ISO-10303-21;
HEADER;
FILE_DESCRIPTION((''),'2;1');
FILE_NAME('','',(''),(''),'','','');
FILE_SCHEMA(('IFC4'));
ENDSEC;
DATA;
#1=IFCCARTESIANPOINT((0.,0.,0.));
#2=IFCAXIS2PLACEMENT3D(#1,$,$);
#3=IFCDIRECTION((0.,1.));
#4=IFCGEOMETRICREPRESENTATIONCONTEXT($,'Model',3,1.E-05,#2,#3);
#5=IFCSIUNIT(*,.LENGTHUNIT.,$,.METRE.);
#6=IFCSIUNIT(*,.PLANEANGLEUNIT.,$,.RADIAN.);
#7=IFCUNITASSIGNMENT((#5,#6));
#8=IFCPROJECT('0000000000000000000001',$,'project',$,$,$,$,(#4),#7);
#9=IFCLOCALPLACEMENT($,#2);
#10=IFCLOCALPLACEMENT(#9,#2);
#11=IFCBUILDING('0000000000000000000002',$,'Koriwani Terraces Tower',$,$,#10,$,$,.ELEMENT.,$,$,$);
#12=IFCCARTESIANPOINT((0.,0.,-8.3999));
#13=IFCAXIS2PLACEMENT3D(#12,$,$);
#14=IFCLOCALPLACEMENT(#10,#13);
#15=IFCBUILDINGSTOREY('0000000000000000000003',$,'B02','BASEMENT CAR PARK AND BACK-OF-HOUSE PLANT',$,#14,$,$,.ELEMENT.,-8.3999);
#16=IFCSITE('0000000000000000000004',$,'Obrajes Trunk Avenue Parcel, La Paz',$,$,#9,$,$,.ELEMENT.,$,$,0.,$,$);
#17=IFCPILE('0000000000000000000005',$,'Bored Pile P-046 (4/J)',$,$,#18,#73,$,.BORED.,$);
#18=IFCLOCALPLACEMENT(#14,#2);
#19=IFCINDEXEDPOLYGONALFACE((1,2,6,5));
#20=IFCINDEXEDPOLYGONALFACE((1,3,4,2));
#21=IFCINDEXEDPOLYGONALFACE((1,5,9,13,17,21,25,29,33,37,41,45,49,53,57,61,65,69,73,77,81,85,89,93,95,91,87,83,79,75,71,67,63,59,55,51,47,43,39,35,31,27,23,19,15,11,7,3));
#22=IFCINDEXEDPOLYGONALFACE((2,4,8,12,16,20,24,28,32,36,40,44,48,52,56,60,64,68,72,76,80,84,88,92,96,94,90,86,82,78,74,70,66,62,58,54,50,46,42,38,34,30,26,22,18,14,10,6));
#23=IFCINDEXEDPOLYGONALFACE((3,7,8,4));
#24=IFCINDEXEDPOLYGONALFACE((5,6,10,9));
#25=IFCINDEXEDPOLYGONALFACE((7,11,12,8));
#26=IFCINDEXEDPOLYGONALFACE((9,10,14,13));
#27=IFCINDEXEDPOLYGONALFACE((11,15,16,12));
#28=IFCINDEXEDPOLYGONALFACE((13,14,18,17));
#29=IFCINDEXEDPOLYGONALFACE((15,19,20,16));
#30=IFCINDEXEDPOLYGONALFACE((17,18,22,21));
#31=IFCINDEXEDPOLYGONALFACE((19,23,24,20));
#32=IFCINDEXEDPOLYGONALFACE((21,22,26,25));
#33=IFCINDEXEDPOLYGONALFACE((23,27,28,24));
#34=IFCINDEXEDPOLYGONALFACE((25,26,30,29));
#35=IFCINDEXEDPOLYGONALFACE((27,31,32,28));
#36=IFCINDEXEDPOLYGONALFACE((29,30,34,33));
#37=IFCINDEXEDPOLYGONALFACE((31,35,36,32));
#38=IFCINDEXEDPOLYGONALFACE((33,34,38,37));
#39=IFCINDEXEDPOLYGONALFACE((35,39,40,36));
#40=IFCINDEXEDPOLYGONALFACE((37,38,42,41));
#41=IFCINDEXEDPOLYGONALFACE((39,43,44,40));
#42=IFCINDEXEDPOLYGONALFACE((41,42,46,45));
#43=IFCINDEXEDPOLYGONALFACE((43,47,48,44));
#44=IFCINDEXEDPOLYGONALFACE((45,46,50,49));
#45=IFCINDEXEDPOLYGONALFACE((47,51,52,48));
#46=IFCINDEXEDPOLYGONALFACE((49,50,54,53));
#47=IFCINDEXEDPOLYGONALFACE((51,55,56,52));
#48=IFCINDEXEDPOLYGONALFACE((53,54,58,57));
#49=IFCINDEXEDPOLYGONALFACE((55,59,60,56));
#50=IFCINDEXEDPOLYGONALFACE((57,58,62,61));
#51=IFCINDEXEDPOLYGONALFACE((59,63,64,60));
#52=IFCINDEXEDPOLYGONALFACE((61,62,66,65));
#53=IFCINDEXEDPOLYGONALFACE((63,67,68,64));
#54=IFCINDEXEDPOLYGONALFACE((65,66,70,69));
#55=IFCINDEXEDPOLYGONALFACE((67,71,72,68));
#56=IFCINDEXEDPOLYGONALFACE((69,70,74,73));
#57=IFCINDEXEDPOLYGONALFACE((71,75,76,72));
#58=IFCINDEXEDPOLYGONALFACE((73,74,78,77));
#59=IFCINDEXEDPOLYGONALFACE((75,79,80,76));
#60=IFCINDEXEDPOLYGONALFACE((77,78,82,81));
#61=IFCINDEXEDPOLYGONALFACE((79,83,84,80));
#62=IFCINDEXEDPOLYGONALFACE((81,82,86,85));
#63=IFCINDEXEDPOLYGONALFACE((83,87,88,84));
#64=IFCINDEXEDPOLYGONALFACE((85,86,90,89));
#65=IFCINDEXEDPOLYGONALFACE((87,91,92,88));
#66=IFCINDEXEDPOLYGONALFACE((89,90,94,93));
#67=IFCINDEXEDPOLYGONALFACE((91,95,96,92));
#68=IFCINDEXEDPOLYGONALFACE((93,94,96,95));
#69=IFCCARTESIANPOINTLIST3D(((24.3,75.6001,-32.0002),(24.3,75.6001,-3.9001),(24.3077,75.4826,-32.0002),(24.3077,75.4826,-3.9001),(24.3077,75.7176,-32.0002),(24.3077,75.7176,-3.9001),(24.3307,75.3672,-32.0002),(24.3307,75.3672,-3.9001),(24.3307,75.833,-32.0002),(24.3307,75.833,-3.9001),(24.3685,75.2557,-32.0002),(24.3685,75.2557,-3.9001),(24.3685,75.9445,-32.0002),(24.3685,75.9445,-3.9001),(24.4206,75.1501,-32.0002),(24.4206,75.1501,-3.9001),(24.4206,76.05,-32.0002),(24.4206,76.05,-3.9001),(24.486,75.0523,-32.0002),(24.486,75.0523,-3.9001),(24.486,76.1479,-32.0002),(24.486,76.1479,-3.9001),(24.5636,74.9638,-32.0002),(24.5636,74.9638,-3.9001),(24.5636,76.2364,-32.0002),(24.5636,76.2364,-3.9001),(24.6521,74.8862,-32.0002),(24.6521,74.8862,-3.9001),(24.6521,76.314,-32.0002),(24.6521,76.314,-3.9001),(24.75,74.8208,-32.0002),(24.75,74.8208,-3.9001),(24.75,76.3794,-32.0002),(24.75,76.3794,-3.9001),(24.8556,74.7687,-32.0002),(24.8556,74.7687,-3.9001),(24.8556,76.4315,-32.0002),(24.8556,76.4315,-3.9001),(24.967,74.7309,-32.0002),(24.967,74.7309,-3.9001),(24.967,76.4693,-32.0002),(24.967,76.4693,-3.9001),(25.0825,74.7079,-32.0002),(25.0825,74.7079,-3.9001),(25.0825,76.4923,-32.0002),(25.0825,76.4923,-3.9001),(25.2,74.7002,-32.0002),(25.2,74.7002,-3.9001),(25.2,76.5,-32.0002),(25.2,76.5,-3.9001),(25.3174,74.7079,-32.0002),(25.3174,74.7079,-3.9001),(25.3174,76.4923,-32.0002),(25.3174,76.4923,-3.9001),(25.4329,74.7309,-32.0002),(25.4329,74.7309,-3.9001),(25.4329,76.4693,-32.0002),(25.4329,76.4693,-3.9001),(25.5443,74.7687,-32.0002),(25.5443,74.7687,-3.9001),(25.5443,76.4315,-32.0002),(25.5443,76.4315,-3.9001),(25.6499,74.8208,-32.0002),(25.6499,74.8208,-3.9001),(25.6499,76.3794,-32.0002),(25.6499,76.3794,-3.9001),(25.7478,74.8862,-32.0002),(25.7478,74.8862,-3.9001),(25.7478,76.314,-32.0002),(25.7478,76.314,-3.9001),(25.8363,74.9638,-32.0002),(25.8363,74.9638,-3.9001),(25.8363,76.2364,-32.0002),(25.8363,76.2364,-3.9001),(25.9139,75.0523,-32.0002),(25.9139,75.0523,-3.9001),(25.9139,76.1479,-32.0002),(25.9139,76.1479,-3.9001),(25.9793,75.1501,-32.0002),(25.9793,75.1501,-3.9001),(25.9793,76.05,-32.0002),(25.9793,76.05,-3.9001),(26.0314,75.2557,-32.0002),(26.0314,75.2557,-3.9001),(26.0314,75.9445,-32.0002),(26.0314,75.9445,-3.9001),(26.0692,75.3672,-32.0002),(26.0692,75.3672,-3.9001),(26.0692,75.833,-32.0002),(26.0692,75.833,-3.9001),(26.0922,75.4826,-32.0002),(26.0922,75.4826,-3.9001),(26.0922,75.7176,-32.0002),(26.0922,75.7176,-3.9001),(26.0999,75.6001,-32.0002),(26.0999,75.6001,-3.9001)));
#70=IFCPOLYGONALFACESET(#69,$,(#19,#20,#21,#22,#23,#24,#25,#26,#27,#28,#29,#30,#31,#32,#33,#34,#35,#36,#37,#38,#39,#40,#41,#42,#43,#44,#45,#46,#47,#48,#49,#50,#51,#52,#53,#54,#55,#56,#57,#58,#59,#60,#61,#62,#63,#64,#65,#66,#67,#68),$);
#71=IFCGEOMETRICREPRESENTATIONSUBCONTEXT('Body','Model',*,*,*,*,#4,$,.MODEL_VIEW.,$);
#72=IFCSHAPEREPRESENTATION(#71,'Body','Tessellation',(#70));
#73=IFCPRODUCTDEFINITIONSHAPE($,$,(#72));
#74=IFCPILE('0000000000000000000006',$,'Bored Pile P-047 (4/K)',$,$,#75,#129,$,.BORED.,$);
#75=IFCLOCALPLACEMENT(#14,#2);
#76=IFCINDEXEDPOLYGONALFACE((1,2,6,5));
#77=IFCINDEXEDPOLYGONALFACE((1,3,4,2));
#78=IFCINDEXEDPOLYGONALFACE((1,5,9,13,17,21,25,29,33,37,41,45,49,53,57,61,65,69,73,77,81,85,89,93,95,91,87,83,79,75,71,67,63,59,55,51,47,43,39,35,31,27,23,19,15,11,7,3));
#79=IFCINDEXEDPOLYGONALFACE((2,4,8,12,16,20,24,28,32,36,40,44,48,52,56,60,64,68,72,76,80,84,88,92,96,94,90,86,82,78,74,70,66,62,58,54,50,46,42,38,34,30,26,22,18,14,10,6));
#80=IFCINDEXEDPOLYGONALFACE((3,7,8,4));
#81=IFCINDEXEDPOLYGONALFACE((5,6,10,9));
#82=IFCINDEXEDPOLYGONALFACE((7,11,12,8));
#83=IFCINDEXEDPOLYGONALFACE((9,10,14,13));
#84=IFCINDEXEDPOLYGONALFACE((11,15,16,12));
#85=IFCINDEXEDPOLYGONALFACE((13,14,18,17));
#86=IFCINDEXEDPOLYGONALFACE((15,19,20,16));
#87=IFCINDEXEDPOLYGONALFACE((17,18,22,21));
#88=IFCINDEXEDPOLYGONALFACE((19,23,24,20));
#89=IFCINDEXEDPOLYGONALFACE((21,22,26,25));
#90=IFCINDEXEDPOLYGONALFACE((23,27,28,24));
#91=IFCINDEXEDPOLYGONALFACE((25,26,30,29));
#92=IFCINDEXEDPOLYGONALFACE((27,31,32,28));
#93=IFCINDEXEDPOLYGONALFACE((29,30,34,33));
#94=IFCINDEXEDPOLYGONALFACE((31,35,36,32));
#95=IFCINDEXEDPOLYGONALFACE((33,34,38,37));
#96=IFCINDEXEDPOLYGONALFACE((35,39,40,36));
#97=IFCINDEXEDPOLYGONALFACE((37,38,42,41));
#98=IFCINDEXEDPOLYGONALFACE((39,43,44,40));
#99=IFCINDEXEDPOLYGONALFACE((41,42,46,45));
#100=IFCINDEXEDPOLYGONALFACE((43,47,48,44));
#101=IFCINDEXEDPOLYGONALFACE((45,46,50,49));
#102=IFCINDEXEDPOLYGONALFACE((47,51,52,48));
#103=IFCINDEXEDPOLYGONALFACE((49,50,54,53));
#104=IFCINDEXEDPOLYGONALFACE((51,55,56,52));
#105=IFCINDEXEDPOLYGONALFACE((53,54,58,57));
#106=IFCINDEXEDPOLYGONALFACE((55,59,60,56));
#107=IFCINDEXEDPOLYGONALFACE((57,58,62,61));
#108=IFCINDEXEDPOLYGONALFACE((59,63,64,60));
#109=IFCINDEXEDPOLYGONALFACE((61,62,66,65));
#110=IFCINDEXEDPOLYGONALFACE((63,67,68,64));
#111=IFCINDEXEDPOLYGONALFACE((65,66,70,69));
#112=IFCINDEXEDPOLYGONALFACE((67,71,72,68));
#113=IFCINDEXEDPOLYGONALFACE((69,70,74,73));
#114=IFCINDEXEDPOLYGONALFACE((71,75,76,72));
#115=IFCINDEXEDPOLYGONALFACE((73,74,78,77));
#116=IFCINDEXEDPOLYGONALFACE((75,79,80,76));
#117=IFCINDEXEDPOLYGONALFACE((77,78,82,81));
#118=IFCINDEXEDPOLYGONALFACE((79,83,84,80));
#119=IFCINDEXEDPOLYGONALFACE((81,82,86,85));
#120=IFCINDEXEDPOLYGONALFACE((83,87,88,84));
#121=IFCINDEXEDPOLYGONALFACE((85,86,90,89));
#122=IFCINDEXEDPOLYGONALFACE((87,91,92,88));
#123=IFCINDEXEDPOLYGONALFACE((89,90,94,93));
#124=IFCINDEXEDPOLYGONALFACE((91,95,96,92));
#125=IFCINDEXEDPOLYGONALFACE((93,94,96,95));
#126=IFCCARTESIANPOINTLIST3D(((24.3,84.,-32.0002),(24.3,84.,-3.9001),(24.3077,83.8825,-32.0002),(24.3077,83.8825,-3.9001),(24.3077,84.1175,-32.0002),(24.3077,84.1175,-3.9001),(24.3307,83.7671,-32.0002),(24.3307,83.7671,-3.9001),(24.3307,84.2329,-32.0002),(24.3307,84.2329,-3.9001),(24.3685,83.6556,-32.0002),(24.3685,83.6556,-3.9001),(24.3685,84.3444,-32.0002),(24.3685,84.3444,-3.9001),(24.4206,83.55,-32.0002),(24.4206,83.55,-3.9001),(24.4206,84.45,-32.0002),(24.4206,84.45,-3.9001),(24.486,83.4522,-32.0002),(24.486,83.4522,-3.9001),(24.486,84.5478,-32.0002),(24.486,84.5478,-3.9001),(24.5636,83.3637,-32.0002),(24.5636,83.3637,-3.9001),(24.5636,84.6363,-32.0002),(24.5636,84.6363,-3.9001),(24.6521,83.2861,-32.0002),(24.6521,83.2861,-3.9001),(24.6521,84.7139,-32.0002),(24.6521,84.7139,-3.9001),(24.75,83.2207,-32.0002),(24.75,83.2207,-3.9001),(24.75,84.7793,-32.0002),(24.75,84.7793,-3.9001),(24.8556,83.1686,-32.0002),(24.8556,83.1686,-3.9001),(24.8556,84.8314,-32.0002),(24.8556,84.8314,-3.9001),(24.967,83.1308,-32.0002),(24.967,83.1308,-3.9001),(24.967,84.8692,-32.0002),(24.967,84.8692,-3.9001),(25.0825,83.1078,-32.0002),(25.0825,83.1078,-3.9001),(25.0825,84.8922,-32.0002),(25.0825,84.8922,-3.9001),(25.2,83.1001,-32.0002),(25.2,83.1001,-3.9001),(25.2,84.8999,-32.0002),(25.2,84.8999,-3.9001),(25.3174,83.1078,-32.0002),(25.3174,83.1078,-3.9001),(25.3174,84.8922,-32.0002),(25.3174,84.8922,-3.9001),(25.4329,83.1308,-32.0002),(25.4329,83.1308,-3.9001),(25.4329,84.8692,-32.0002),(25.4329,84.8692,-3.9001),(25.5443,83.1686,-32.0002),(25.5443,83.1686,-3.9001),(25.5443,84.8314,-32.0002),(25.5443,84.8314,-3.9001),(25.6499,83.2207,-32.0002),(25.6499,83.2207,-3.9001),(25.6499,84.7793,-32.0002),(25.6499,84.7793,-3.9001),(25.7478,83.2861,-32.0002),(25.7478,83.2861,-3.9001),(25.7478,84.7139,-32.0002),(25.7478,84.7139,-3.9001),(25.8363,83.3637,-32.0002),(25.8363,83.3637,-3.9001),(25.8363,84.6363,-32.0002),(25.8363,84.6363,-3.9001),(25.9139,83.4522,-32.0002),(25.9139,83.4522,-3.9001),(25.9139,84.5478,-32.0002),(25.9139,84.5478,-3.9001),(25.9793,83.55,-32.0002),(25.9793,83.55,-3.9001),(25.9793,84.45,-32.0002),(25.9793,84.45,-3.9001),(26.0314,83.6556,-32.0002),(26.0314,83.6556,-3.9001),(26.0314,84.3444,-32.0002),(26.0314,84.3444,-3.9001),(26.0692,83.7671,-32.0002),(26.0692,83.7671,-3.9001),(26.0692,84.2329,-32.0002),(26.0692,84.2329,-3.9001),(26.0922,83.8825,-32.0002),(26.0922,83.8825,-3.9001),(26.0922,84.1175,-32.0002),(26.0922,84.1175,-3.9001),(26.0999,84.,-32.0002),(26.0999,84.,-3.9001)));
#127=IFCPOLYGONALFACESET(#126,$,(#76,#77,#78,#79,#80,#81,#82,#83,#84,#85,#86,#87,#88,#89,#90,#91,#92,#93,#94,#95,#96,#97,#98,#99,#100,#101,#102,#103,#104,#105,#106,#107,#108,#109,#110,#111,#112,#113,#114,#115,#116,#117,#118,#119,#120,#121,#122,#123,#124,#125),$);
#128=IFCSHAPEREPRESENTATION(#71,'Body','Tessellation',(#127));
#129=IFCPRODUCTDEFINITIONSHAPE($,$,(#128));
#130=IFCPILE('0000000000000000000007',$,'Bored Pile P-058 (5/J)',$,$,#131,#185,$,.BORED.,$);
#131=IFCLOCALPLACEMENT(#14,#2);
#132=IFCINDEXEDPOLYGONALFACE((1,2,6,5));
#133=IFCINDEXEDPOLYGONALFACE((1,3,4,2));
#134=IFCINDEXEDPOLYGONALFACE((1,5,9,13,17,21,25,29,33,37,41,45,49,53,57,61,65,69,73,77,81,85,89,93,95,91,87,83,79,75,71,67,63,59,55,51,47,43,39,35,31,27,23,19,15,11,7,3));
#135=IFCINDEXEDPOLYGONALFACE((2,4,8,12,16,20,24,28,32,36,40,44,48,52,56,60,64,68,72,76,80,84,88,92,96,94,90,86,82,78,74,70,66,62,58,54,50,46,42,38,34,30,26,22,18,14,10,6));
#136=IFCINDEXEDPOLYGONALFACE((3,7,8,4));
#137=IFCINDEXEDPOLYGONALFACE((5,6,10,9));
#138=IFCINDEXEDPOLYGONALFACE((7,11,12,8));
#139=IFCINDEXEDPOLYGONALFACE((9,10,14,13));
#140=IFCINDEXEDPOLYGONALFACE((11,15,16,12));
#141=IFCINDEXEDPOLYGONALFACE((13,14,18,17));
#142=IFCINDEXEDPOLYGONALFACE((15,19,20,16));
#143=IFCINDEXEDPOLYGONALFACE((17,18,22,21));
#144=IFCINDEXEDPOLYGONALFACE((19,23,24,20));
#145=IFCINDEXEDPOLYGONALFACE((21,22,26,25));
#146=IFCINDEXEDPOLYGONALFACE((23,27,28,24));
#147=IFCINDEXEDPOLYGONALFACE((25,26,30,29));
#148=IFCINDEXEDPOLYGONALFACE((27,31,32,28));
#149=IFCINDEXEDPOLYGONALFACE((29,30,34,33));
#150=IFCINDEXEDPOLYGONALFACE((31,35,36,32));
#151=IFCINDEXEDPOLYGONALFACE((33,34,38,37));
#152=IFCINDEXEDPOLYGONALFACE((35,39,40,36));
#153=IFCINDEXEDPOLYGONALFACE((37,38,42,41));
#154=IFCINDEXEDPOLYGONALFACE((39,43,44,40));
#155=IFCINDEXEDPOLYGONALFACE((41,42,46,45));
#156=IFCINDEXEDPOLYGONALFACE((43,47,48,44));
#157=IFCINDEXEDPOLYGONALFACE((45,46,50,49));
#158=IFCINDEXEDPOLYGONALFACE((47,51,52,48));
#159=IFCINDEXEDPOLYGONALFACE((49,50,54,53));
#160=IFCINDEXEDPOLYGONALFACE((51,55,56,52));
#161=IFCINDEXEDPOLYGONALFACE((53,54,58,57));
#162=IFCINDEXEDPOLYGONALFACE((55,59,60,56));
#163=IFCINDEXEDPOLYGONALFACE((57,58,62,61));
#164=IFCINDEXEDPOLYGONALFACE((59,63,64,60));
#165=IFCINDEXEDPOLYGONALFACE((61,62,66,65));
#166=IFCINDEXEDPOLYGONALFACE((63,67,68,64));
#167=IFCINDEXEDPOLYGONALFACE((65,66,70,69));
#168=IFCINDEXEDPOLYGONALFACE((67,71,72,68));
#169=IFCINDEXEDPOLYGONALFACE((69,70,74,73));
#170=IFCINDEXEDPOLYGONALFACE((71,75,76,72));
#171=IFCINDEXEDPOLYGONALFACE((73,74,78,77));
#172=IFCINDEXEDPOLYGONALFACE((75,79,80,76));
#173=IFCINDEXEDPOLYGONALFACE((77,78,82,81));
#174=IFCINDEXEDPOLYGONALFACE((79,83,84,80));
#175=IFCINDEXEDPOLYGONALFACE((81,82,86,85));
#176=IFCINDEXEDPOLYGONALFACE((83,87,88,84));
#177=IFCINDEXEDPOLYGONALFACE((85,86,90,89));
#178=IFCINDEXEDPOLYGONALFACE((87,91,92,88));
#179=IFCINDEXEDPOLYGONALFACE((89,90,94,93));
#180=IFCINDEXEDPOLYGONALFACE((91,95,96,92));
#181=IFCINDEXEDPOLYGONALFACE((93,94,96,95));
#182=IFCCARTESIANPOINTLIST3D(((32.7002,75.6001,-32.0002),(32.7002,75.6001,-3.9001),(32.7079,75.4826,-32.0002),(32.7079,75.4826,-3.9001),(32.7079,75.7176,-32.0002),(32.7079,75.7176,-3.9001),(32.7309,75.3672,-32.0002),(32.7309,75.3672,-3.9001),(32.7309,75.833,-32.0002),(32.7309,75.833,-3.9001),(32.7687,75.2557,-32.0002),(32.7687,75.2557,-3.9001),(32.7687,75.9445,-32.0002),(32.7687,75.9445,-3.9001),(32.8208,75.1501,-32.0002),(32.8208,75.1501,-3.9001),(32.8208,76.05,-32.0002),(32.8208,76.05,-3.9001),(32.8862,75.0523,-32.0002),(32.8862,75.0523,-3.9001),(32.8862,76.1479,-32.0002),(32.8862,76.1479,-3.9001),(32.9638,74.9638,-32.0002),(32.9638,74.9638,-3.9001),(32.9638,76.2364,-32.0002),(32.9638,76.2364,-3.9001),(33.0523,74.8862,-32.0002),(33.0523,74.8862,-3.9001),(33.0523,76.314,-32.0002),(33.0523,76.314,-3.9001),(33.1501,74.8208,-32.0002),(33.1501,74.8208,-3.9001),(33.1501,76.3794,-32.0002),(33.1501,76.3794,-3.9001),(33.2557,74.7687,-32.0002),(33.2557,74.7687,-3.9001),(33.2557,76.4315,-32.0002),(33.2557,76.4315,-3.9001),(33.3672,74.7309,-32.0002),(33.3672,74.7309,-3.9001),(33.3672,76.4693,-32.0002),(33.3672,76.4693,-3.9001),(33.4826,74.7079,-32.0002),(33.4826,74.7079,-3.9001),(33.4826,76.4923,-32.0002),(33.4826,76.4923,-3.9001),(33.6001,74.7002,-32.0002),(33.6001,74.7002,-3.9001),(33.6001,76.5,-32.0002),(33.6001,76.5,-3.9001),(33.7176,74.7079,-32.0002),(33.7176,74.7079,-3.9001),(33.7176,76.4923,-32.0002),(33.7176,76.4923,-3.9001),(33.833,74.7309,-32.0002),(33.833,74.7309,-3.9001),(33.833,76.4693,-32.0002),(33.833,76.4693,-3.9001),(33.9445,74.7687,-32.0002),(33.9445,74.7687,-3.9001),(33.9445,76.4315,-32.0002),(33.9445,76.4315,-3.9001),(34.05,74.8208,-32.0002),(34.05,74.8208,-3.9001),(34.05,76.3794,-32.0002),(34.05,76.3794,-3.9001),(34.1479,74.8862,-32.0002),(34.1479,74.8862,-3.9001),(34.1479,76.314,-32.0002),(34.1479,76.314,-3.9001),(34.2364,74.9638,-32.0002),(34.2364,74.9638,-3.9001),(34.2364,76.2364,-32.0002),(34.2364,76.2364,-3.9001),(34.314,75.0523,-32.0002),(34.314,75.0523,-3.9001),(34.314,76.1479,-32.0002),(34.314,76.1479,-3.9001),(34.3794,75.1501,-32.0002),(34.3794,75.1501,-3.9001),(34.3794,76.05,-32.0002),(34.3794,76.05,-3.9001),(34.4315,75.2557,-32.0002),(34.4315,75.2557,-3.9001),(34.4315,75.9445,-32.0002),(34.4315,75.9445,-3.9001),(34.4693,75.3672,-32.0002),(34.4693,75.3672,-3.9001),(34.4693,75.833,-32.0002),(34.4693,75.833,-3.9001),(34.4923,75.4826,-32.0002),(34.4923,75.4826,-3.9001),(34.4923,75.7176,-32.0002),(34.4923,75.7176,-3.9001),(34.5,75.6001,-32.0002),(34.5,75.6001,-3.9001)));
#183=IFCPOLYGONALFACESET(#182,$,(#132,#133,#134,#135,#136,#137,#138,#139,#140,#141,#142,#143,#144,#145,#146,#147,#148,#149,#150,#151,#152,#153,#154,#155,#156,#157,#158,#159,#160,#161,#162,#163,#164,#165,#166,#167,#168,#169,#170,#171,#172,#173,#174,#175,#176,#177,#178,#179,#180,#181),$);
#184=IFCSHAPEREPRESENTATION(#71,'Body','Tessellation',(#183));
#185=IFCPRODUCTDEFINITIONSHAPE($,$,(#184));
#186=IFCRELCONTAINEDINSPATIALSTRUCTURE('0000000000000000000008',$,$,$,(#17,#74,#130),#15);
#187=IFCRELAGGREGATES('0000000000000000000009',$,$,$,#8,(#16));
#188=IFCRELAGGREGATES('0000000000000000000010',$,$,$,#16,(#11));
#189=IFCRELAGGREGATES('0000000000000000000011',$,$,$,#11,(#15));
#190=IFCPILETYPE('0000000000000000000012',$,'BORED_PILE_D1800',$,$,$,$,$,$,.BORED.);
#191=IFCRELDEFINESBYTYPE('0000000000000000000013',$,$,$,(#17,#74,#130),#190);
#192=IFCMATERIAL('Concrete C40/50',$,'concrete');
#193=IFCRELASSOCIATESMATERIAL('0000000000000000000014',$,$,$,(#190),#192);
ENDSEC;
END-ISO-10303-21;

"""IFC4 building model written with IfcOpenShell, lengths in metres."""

from ifc_helpers import new_model, si_unit, direction, frame, origin, origin_2d, place, context, subcontext, project, spatial, circle, extrude, material, material_profile, profile_set, type_object, element, save


model = new_model("IFC4")

# Units and contexts
model_context = context("Model", 3, precision=1e-05, world=origin(), true_north=direction((0.0, 1.0)))
body_context = subcontext(model_context, "Body", "Model", "MODEL_VIEW")
ifc_project = project(units=[si_unit("LENGTHUNIT", "METRE"), si_unit("PLANEANGLEUNIT", "RADIAN")], contexts=[model_context])

# Site, building, storey
site_placement = place(None, origin())
site = spatial("IfcSite", under=ifc_project, at=site_placement, Name="Obrajes Trunk Avenue Parcel, La Paz", CompositionType="ELEMENT", RefElevation=0.0)
building_placement = place(site_placement, origin())
building = spatial("IfcBuilding", under=site, at=building_placement, Name="Koriwani Terraces Tower", CompositionType="ELEMENT")
storey_placement = place(building_placement, frame((0.0, 0.0, -8.3999)))
storey = spatial("IfcBuildingStorey", under=building, at=storey_placement, Name="B02", Description="BASEMENT CAR PARK AND BACK-OF-HOUSE PLANT", CompositionType="ELEMENT", Elevation=-8.3999)

# Piles
ifc_material_1 = material(Name="Concrete C40/50", Category="concrete")
ifc_material_profile_1 = material_profile(ifc_material_1, circle(Radius=0.8999, at=origin_2d()), Name="Concrete C40/50")
ifc_profile_set_1 = profile_set([ifc_material_profile_1], Name="Concrete C40/50")
pile_type_1 = type_object("IfcPileType", Name="BORED_PILE_D1800", PredefinedType="BORED", material=ifc_profile_set_1)
for number, where, z_axis, x_axis, name in (
    (1, (25.2, 75.6001, -3.9001), (0.0, 0.0, -1.0), (1.0, 0.0, 0.0), "Bored Pile P-046 (4/J)"),
    (2, (25.2, 84.0, -3.9001), (0.0, 0.0, -1.0), (1.0, 0.0, 0.0), "Bored Pile P-047 (4/K)"),
    (3, (33.6001, 75.6001, -3.9001), (0.0, 0.0, -1.0), (1.0, 0.0, 0.0), "Bored Pile P-058 (5/J)"),
):
    element("IfcPile", number, at=place(storey_placement, frame(where, z_axis=z_axis, x_axis=x_axis)), inside=storey, type_object=pile_type_1, Name=name, PredefinedType="BORED", context=body_context, shape_type="SweptSolid", body=[
        extrude(circle(Radius=0.8999, at=origin_2d()), origin(), (0.0, 0.0, 1.0), 28.1001),
    ])

save(model, "model.ifc")
